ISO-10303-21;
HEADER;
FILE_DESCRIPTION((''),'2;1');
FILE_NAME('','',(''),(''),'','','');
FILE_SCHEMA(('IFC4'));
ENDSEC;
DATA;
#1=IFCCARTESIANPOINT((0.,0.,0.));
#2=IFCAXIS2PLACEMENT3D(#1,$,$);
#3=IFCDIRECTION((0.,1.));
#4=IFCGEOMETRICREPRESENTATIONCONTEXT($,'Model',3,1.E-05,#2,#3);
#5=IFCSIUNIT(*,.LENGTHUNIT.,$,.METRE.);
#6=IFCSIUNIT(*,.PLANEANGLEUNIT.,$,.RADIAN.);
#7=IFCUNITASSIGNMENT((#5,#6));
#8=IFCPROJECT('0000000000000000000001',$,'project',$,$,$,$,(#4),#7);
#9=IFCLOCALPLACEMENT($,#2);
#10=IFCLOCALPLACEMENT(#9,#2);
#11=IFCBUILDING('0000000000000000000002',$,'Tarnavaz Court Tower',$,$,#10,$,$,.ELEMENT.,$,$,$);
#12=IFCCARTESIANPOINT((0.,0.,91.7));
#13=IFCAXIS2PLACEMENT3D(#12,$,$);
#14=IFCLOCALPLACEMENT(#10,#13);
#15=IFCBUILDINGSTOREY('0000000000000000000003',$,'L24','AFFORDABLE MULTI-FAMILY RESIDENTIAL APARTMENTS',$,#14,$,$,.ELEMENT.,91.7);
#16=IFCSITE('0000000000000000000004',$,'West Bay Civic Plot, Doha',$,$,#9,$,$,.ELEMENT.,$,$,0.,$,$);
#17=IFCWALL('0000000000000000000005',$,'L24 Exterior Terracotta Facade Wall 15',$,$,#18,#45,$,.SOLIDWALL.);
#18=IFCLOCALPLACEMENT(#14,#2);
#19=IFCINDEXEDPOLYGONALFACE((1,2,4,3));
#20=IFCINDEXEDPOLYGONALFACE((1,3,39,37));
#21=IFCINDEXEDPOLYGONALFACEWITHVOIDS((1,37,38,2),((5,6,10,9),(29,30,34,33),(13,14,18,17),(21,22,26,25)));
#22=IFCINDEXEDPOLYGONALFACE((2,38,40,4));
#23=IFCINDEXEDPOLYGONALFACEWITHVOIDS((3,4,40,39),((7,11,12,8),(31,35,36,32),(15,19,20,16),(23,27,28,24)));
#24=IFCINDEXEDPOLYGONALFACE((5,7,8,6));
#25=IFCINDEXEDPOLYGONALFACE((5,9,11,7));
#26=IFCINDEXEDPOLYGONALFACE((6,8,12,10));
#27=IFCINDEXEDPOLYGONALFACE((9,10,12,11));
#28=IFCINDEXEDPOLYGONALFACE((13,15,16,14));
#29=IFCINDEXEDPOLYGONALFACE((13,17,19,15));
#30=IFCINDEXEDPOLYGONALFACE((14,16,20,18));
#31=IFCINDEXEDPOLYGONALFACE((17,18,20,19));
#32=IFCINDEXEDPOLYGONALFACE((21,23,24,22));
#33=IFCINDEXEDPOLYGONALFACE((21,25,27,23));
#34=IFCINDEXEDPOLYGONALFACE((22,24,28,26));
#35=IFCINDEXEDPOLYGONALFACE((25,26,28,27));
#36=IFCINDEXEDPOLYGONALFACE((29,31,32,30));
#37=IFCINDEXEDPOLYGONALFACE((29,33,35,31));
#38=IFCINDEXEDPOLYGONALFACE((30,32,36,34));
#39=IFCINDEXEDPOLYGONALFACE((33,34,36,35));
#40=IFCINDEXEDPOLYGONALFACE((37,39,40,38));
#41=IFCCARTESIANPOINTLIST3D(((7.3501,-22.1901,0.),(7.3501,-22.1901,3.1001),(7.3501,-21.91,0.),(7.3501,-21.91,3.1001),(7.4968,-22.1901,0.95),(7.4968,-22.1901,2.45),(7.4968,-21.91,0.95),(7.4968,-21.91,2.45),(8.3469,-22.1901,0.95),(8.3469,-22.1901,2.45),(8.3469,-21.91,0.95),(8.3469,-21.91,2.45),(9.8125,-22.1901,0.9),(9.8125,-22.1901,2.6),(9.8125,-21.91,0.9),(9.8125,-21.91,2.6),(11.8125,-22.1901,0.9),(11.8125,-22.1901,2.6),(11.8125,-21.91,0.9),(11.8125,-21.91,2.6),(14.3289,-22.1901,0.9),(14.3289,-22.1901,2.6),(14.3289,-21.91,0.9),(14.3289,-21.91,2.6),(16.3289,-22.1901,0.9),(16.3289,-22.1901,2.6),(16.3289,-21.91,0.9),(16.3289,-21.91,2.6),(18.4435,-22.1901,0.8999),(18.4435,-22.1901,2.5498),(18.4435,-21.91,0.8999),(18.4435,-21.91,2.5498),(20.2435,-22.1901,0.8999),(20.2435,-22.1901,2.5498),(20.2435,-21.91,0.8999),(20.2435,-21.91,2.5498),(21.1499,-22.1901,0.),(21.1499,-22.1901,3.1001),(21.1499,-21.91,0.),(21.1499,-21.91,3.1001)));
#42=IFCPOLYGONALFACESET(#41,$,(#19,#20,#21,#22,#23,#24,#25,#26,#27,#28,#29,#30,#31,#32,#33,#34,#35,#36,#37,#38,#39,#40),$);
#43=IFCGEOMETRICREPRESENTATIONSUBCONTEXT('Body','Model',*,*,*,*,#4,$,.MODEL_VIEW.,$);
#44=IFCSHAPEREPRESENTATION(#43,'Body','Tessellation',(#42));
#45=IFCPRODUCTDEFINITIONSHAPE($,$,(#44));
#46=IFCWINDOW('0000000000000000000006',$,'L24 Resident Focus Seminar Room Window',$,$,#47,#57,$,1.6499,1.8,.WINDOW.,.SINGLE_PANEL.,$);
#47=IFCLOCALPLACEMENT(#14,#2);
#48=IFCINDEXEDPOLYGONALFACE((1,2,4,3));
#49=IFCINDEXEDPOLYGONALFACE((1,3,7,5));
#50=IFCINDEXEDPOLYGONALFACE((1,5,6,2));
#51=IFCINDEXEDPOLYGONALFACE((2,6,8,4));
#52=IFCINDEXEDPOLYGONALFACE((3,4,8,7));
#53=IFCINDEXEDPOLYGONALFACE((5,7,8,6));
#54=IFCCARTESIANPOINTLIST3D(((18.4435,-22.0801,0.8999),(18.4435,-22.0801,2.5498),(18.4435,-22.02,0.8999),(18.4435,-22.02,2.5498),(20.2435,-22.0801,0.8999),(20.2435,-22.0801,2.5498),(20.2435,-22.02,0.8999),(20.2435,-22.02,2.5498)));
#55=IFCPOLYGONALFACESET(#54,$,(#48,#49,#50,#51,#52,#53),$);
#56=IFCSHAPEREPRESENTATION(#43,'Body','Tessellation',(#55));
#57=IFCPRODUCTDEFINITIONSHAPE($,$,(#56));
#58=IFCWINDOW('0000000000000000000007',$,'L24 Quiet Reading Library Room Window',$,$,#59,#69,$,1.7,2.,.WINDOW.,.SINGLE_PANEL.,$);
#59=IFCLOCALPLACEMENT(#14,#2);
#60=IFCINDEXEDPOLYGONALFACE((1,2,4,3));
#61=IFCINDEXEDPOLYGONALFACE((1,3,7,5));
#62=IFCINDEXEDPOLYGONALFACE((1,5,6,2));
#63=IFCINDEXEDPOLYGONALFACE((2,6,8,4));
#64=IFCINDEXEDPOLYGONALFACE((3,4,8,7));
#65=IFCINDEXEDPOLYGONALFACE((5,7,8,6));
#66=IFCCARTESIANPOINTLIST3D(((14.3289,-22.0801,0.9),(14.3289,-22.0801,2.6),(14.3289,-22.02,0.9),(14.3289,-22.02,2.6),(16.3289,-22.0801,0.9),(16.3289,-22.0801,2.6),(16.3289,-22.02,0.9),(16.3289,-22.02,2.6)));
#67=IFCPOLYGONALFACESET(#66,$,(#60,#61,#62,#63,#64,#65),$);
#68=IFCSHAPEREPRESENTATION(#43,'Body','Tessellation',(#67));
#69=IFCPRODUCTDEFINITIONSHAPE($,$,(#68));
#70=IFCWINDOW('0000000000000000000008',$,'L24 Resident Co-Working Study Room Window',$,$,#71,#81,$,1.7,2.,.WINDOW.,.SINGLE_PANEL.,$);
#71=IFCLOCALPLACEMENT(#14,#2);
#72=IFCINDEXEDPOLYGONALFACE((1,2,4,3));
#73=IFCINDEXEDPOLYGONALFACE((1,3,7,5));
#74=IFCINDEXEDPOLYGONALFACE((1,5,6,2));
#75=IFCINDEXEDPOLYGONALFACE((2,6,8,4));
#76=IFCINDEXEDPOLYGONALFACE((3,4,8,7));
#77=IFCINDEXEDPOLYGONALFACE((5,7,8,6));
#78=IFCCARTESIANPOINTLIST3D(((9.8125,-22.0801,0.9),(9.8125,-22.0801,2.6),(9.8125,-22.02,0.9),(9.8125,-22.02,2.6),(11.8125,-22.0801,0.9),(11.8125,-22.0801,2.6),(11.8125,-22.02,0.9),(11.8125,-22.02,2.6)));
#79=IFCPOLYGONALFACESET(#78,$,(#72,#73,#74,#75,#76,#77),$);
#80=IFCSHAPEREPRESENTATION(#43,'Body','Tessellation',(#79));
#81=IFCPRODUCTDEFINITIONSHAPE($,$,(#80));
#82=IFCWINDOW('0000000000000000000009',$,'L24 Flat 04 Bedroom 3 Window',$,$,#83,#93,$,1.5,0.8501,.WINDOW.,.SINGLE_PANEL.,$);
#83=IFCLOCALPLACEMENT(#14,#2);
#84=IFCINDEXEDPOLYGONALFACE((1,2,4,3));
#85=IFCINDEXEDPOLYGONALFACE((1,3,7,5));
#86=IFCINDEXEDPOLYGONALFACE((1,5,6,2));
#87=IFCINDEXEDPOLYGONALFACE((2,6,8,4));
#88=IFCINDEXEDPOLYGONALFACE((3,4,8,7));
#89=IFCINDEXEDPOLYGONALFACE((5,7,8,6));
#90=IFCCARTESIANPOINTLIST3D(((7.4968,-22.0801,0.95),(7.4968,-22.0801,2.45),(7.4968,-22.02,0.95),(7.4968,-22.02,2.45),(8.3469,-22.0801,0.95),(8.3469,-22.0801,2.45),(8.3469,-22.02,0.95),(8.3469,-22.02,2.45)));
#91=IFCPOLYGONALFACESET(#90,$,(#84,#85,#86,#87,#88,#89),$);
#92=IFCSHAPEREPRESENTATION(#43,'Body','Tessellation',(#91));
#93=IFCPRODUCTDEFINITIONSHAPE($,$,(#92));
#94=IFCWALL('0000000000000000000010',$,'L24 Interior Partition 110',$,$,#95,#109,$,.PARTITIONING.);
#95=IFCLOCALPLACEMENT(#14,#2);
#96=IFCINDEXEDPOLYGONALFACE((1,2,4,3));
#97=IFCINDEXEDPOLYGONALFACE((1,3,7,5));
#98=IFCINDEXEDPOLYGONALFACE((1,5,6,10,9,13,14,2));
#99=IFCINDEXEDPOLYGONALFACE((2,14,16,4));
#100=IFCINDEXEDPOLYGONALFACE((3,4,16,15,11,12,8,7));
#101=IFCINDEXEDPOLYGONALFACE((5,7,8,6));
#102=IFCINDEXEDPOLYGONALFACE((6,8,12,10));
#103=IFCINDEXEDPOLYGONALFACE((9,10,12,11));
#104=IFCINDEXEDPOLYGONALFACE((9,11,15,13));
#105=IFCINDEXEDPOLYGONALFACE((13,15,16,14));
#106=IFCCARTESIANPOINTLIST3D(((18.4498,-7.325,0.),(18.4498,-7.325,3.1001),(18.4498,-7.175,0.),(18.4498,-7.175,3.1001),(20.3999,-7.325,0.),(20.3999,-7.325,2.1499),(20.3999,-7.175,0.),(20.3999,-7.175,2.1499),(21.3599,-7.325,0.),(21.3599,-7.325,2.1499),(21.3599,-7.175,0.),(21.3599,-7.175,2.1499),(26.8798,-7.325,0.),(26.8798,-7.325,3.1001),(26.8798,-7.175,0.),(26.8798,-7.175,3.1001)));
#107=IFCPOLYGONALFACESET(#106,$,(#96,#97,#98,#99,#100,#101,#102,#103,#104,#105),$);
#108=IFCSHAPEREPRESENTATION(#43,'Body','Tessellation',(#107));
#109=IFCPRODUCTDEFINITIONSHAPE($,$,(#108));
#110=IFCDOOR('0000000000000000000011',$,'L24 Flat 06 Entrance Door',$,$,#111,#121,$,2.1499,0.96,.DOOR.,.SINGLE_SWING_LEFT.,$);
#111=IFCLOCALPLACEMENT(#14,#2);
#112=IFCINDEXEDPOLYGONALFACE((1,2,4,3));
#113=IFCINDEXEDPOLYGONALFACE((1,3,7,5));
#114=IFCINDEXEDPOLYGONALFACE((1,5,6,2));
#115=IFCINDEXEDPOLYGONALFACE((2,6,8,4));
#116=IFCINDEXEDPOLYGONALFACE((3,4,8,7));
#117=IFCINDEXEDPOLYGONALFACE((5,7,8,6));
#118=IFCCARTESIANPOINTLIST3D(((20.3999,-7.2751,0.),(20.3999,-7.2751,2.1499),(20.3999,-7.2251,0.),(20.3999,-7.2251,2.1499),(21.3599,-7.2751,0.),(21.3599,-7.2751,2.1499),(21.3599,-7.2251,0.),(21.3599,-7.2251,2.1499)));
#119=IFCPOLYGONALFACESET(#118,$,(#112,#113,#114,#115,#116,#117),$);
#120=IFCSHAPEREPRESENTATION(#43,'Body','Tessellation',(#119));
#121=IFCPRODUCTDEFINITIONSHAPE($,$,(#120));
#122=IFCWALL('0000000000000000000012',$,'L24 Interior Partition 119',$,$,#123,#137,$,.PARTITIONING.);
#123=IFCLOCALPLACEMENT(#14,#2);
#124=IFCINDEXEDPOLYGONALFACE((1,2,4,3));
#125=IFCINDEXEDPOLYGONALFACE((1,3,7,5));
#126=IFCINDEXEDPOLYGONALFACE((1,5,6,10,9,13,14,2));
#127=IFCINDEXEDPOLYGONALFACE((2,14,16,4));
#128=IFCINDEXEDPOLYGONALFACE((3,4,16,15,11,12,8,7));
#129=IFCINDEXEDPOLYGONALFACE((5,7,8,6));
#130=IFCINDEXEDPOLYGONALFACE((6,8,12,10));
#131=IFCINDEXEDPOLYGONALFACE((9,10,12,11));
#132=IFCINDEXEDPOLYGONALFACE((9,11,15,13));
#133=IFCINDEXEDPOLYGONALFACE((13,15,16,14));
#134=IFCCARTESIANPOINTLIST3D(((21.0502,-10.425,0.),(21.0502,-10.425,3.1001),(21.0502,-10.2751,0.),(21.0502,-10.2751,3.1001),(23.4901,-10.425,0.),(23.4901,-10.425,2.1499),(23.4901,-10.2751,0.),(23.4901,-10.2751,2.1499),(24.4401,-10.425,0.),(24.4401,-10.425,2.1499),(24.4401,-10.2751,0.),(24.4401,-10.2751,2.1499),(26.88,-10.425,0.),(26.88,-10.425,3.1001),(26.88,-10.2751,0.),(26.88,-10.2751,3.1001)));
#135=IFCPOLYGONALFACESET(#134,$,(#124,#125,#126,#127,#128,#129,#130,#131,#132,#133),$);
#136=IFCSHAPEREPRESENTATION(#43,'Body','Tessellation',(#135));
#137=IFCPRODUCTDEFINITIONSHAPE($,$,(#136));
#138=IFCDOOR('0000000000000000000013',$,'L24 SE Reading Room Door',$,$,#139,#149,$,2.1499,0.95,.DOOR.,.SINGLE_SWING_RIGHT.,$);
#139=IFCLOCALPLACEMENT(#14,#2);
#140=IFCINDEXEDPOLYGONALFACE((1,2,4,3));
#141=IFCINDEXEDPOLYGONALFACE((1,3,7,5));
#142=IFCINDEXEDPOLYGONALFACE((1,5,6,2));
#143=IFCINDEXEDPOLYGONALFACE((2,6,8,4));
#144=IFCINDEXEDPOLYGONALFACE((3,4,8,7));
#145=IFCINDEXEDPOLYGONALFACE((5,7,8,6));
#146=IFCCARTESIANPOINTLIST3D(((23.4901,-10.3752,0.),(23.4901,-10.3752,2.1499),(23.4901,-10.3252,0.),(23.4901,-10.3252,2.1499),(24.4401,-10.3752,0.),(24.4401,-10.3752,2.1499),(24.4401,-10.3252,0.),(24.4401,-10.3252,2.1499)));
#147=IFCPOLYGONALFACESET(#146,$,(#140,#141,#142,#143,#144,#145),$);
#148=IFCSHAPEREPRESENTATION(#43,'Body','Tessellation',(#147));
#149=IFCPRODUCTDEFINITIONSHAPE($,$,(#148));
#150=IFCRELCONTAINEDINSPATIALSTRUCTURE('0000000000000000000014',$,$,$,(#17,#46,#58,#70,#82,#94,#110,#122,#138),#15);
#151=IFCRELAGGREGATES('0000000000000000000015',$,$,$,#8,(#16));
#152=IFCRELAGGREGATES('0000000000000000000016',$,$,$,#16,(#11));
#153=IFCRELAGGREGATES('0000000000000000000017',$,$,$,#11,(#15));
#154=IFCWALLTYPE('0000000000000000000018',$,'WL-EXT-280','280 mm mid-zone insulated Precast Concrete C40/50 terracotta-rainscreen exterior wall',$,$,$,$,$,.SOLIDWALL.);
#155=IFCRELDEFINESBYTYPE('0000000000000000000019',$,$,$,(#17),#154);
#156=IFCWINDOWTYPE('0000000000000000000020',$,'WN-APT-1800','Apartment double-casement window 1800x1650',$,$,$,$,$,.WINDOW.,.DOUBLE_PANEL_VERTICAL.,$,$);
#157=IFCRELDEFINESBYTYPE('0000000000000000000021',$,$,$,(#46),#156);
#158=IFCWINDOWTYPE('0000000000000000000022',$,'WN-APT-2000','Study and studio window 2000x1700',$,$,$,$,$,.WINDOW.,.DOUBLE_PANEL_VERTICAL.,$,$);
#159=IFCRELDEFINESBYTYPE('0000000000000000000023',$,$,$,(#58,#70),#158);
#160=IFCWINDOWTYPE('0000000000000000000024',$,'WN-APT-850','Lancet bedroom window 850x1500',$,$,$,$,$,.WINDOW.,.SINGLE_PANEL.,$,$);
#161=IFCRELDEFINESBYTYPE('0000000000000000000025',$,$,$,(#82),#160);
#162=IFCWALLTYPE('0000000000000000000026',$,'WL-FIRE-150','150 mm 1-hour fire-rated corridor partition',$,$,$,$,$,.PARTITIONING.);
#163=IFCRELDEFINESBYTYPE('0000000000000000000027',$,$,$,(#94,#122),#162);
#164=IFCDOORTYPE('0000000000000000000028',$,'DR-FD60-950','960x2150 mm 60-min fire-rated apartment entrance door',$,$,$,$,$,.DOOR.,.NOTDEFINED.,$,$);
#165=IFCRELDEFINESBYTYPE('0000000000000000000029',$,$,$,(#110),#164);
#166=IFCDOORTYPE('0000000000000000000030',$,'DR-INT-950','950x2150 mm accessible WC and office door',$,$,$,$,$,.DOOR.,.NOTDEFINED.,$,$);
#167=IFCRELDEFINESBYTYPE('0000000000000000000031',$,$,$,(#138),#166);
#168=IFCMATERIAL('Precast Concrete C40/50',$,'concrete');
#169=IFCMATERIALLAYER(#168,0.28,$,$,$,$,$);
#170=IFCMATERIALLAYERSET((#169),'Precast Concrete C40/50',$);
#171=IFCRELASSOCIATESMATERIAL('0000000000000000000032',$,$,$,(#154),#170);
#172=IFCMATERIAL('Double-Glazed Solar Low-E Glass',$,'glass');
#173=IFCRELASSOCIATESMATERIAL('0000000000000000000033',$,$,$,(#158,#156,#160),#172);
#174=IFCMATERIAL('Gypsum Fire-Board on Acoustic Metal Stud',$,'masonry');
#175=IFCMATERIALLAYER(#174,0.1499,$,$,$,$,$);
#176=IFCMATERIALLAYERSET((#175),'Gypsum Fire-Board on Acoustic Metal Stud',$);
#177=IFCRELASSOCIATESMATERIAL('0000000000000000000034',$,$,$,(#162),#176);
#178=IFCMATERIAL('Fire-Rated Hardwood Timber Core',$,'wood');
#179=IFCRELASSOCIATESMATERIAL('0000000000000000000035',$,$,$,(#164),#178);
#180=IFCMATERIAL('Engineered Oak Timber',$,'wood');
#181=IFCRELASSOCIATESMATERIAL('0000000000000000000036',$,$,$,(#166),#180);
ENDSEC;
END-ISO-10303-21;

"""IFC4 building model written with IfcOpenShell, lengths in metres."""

from ifc_helpers import new_model, si_unit, direction, frame, frame_2d, origin, place, context, subcontext, project, spatial, rectangle, extrude, material, layer, layer_set, type_object, element, fill, save


model = new_model("IFC4")

# Units and contexts
model_context = context("Model", 3, precision=1e-05, world=origin(), true_north=direction((0.0, 1.0)))
body_context = subcontext(model_context, "Body", "Model", "MODEL_VIEW")
ifc_project = project(units=[si_unit("LENGTHUNIT", "METRE"), si_unit("PLANEANGLEUNIT", "RADIAN")], contexts=[model_context])

# Site, building, storey
site_placement = place(None, origin())
site = spatial("IfcSite", under=ifc_project, at=site_placement, Name="West Bay Civic Plot, Doha", CompositionType="ELEMENT", RefElevation=0.0)
building_placement = place(site_placement, origin())
building = spatial("IfcBuilding", under=site, at=building_placement, Name="Tarnavaz Court Tower", CompositionType="ELEMENT")
storey_placement = place(building_placement, frame((0.0, 0.0, 91.7)))
storey = spatial("IfcBuildingStorey", under=building, at=storey_placement, Name="L24", Description="AFFORDABLE MULTI-FAMILY RESIDENTIAL APARTMENTS", CompositionType="ELEMENT", Elevation=91.7)

# Shared definitions
ifc_material_1 = material(Name="Precast Concrete C40/50", Category="concrete")
ifc_layer_1 = layer(ifc_material_1, 0.28)
ifc_layer_set_1 = layer_set([ifc_layer_1], Name="Precast Concrete C40/50")
wall_type_1 = type_object("IfcWallType", Name="WL-EXT-280", Description="280 mm mid-zone insulated Precast Concrete C40/50 terracotta-rainscreen exterior wall", PredefinedType="SOLIDWALL", material=ifc_layer_set_1)
ifc_material_2 = material(Name="Double-Glazed Solar Low-E Glass", Category="glass")
window_type_1 = type_object("IfcWindowType", Name="WN-APT-2000", Description="Study and studio window 2000x1700", PartitioningType="DOUBLE_PANEL_VERTICAL", PredefinedType="WINDOW", material=ifc_material_2)

# Wall, openings, windows
wall_1_placement = place(storey_placement, frame((21.1499, -22.05, 0.0), z_axis=(0.0, 0.0, 1.0), x_axis=(-1.0, 0.0, 0.0)))
wall_1 = element("IfcWall", 1, at=wall_1_placement, inside=storey, type_object=wall_type_1, Name="L24 Exterior Terracotta Facade Wall 15", PredefinedType="SOLIDWALL", context=body_context, shape_type="SweptSolid", body=[
    extrude(rectangle(XDim=13.7998, YDim=0.28, at=frame_2d((6.8999, 0.0))), origin(), (0.0, 0.0, 1.0), 3.1001),
])
opening_1_placement = place(wall_1_placement, frame((0.9065, 0.0, 0.8999)))
opening_1 = element("IfcOpeningElement", 2, at=opening_1_placement, cuts=wall_1, PredefinedType="OPENING", context=body_context, shape_type="SweptSolid", body=[
    extrude(rectangle(XDim=1.8, YDim=1.6499, at=frame_2d((0.8999, 0.825))), frame((0.0, 0.1499, 0.0), z_axis=(0.0, -1.0, 0.0), x_axis=(1.0, 0.0, 0.0)), (0.0, 0.0, 1.0), 0.3),
])
opening_2_placement = place(wall_1_placement, frame((4.821, 0.0, 0.8999)))
opening_2 = element("IfcOpeningElement", 3, at=opening_2_placement, cuts=wall_1, PredefinedType="OPENING", context=body_context, shape_type="SweptSolid", body=[
    extrude(rectangle(XDim=2.0, YDim=1.7, at=frame_2d((1.0, 0.8501))), frame((0.0, 0.1499, 0.0), z_axis=(0.0, -1.0, 0.0), x_axis=(1.0, 0.0, 0.0)), (0.0, 0.0, 1.0), 0.3),
])
opening_3_placement = place(wall_1_placement, frame((9.3374, 0.0, 0.8999)))
opening_3 = element("IfcOpeningElement", 4, at=opening_3_placement, cuts=wall_1, PredefinedType="OPENING", context=body_context, shape_type="SweptSolid", body=[
    extrude(rectangle(XDim=2.0, YDim=1.7, at=frame_2d((1.0, 0.8501))), frame((0.0, 0.1499, 0.0), z_axis=(0.0, -1.0, 0.0), x_axis=(1.0, 0.0, 0.0)), (0.0, 0.0, 1.0), 0.3),
])
opening_4_placement = place(wall_1_placement, frame((12.803, 0.0, 0.95)))
opening_4 = element("IfcOpeningElement", 5, at=opening_4_placement, cuts=wall_1, PredefinedType="OPENING", context=body_context, shape_type="SweptSolid", body=[
    extrude(rectangle(XDim=0.8501, YDim=1.5, at=frame_2d((0.425, 0.75))), frame((0.0, 0.1499, 0.0), z_axis=(0.0, -1.0, 0.0), x_axis=(1.0, 0.0, 0.0)), (0.0, 0.0, 1.0), 0.3),
])
window_type_2 = type_object("IfcWindowType", Name="WN-APT-1800", Description="Apartment double-casement window 1800x1650", PartitioningType="DOUBLE_PANEL_VERTICAL", PredefinedType="WINDOW", material=ifc_material_2)
window_1_placement = place(opening_1_placement, origin())
window_1 = element("IfcWindow", 6, at=window_1_placement, inside=storey, type_object=window_type_2, Name="L24 Resident Focus Seminar Room Window", OverallHeight=1.6499, OverallWidth=1.8, PartitioningType="SINGLE_PANEL", PredefinedType="WINDOW", context=body_context, shape_type="SweptSolid", body=[
    extrude(rectangle(XDim=1.8, YDim=1.6499, at=frame_2d((0.8999, 0.825))), frame((0.0, 0.03, 0.0), z_axis=(0.0, -1.0, 0.0), x_axis=(1.0, 0.0, 0.0)), (0.0, 0.0, 1.0), 0.0601),
])
fill(opening_1, window_1)
window_2_placement = place(opening_2_placement, origin())
window_2 = element("IfcWindow", 7, at=window_2_placement, inside=storey, type_object=window_type_1, Name="L24 Quiet Reading Library Room Window", OverallHeight=1.7, OverallWidth=2.0, PartitioningType="SINGLE_PANEL", PredefinedType="WINDOW", context=body_context, shape_type="SweptSolid", body=[
    extrude(rectangle(XDim=2.0, YDim=1.7, at=frame_2d((1.0, 0.8501))), frame((0.0, 0.03, 0.0), z_axis=(0.0, -1.0, 0.0), x_axis=(1.0, 0.0, 0.0)), (0.0, 0.0, 1.0), 0.0601),
])
fill(opening_2, window_2)
window_3_placement = place(opening_3_placement, origin())
window_3 = element("IfcWindow", 8, at=window_3_placement, inside=storey, type_object=window_type_1, Name="L24 Resident Co-Working Study Room Window", OverallHeight=1.7, OverallWidth=2.0, PartitioningType="SINGLE_PANEL", PredefinedType="WINDOW", context=body_context, shape_type="SweptSolid", body=[
    extrude(rectangle(XDim=2.0, YDim=1.7, at=frame_2d((1.0, 0.8501))), frame((0.0, 0.03, 0.0), z_axis=(0.0, -1.0, 0.0), x_axis=(1.0, 0.0, 0.0)), (0.0, 0.0, 1.0), 0.0601),
])
fill(opening_3, window_3)
window_type_3 = type_object("IfcWindowType", Name="WN-APT-850", Description="Lancet bedroom window 850x1500", PartitioningType="SINGLE_PANEL", PredefinedType="WINDOW", material=ifc_material_2)
window_4_placement = place(opening_4_placement, origin())
window_4 = element("IfcWindow", 9, at=window_4_placement, inside=storey, type_object=window_type_3, Name="L24 Flat 04 Bedroom 3 Window", OverallHeight=1.5, OverallWidth=0.8501, PartitioningType="SINGLE_PANEL", PredefinedType="WINDOW", context=body_context, shape_type="SweptSolid", body=[
    extrude(rectangle(XDim=0.8501, YDim=1.5, at=frame_2d((0.425, 0.75))), frame((0.0, 0.03, 0.0), z_axis=(0.0, -1.0, 0.0), x_axis=(1.0, 0.0, 0.0)), (0.0, 0.0, 1.0), 0.0601),
])
fill(opening_4, window_4)

# Walls, openings, doors
ifc_material_3 = material(Name="Gypsum Fire-Board on Acoustic Metal Stud", Category="masonry")
ifc_layer_2 = layer(ifc_material_3, 0.1499)
ifc_layer_set_2 = layer_set([ifc_layer_2], Name="Gypsum Fire-Board on Acoustic Metal Stud")
wall_type_2 = type_object("IfcWallType", Name="WL-FIRE-150", Description="150 mm 1-hour fire-rated corridor partition", PredefinedType="PARTITIONING", material=ifc_layer_set_2)
wall_2_placement = place(storey_placement, frame((18.45, -7.25, 0.0), z_axis=(0.0, 0.0, 1.0), x_axis=(1.0, 0.0, 0.0)))
wall_2 = element("IfcWall", 10, at=wall_2_placement, inside=storey, type_object=wall_type_2, Name="L24 Interior Partition 110", PredefinedType="PARTITIONING", context=body_context, shape_type="SweptSolid", body=[
    extrude(rectangle(XDim=8.4299, YDim=0.1499, at=frame_2d((4.2148, 0.0))), origin(), (0.0, 0.0, 1.0), 3.1001),
])
opening_5_placement = place(wall_2_placement, frame((1.95, 0.0, 0.0)))
opening_5 = element("IfcOpeningElement", 11, at=opening_5_placement, cuts=wall_2, PredefinedType="OPENING", context=body_context, shape_type="SweptSolid", body=[
    extrude(rectangle(XDim=0.96, YDim=2.1499, at=frame_2d((0.48, 1.075))), frame((0.0, 0.085, 0.0), z_axis=(0.0, -1.0, 0.0), x_axis=(1.0, 0.0, 0.0)), (0.0, 0.0, 1.0), 0.1699),
])
ifc_material_4 = material(Name="Fire-Rated Hardwood Timber Core", Category="wood")
door_type_1 = type_object("IfcDoorType", Name="DR-FD60-950", Description="960x2150 mm 60-min fire-rated apartment entrance door", OperationType="NOTDEFINED", PredefinedType="DOOR", material=ifc_material_4)
door_1_placement = place(opening_5_placement, origin())
door_1 = element("IfcDoor", 12, at=door_1_placement, inside=storey, type_object=door_type_1, Name="L24 Flat 06 Entrance Door", OperationType="SINGLE_SWING_LEFT", OverallHeight=2.1499, OverallWidth=0.96, PredefinedType="DOOR", context=body_context, shape_type="SweptSolid", body=[
    extrude(rectangle(XDim=0.96, YDim=2.1499, at=frame_2d((0.48, 1.075))), frame((0.0, 0.0249, 0.0), z_axis=(0.0, -1.0, 0.0), x_axis=(1.0, 0.0, 0.0)), (0.0, 0.0, 1.0), 0.05),
])
fill(opening_5, door_1)
wall_3_placement = place(storey_placement, frame((21.05, -10.3501, 0.0), z_axis=(0.0, 0.0, 1.0), x_axis=(1.0, 0.0, 0.0)))
wall_3 = element("IfcWall", 13, at=wall_3_placement, inside=storey, type_object=wall_type_2, Name="L24 Interior Partition 119", PredefinedType="PARTITIONING", context=body_context, shape_type="SweptSolid", body=[
    extrude(rectangle(XDim=5.8298, YDim=0.1499, at=frame_2d((2.915, 0.0))), origin(), (0.0, 0.0, 1.0), 3.1001),
])
opening_6_placement = place(wall_3_placement, frame((2.4399, 0.0, 0.0)))
opening_6 = element("IfcOpeningElement", 14, at=opening_6_placement, cuts=wall_3, PredefinedType="OPENING", context=body_context, shape_type="SweptSolid", body=[
    extrude(rectangle(XDim=0.95, YDim=2.1499, at=frame_2d((0.4751, 1.075))), frame((0.0, 0.085, 0.0), z_axis=(0.0, -1.0, 0.0), x_axis=(1.0, 0.0, 0.0)), (0.0, 0.0, 1.0), 0.1699),
])
ifc_material_5 = material(Name="Engineered Oak Timber", Category="wood")
door_type_2 = type_object("IfcDoorType", Name="DR-INT-950", Description="950x2150 mm accessible WC and office door", OperationType="NOTDEFINED", PredefinedType="DOOR", material=ifc_material_5)
door_2_placement = place(opening_6_placement, origin())
door_2 = element("IfcDoor", 15, at=door_2_placement, inside=storey, type_object=door_type_2, Name="L24 SE Reading Room Door", OperationType="SINGLE_SWING_RIGHT", OverallHeight=2.1499, OverallWidth=0.95, PredefinedType="DOOR", context=body_context, shape_type="SweptSolid", body=[
    extrude(rectangle(XDim=0.95, YDim=2.1499, at=frame_2d((0.4751, 1.075))), frame((0.0, 0.0249, 0.0), z_axis=(0.0, -1.0, 0.0), x_axis=(1.0, 0.0, 0.0)), (0.0, 0.0, 1.0), 0.05),
])
fill(opening_6, door_2)

save(model, "model.ifc")
